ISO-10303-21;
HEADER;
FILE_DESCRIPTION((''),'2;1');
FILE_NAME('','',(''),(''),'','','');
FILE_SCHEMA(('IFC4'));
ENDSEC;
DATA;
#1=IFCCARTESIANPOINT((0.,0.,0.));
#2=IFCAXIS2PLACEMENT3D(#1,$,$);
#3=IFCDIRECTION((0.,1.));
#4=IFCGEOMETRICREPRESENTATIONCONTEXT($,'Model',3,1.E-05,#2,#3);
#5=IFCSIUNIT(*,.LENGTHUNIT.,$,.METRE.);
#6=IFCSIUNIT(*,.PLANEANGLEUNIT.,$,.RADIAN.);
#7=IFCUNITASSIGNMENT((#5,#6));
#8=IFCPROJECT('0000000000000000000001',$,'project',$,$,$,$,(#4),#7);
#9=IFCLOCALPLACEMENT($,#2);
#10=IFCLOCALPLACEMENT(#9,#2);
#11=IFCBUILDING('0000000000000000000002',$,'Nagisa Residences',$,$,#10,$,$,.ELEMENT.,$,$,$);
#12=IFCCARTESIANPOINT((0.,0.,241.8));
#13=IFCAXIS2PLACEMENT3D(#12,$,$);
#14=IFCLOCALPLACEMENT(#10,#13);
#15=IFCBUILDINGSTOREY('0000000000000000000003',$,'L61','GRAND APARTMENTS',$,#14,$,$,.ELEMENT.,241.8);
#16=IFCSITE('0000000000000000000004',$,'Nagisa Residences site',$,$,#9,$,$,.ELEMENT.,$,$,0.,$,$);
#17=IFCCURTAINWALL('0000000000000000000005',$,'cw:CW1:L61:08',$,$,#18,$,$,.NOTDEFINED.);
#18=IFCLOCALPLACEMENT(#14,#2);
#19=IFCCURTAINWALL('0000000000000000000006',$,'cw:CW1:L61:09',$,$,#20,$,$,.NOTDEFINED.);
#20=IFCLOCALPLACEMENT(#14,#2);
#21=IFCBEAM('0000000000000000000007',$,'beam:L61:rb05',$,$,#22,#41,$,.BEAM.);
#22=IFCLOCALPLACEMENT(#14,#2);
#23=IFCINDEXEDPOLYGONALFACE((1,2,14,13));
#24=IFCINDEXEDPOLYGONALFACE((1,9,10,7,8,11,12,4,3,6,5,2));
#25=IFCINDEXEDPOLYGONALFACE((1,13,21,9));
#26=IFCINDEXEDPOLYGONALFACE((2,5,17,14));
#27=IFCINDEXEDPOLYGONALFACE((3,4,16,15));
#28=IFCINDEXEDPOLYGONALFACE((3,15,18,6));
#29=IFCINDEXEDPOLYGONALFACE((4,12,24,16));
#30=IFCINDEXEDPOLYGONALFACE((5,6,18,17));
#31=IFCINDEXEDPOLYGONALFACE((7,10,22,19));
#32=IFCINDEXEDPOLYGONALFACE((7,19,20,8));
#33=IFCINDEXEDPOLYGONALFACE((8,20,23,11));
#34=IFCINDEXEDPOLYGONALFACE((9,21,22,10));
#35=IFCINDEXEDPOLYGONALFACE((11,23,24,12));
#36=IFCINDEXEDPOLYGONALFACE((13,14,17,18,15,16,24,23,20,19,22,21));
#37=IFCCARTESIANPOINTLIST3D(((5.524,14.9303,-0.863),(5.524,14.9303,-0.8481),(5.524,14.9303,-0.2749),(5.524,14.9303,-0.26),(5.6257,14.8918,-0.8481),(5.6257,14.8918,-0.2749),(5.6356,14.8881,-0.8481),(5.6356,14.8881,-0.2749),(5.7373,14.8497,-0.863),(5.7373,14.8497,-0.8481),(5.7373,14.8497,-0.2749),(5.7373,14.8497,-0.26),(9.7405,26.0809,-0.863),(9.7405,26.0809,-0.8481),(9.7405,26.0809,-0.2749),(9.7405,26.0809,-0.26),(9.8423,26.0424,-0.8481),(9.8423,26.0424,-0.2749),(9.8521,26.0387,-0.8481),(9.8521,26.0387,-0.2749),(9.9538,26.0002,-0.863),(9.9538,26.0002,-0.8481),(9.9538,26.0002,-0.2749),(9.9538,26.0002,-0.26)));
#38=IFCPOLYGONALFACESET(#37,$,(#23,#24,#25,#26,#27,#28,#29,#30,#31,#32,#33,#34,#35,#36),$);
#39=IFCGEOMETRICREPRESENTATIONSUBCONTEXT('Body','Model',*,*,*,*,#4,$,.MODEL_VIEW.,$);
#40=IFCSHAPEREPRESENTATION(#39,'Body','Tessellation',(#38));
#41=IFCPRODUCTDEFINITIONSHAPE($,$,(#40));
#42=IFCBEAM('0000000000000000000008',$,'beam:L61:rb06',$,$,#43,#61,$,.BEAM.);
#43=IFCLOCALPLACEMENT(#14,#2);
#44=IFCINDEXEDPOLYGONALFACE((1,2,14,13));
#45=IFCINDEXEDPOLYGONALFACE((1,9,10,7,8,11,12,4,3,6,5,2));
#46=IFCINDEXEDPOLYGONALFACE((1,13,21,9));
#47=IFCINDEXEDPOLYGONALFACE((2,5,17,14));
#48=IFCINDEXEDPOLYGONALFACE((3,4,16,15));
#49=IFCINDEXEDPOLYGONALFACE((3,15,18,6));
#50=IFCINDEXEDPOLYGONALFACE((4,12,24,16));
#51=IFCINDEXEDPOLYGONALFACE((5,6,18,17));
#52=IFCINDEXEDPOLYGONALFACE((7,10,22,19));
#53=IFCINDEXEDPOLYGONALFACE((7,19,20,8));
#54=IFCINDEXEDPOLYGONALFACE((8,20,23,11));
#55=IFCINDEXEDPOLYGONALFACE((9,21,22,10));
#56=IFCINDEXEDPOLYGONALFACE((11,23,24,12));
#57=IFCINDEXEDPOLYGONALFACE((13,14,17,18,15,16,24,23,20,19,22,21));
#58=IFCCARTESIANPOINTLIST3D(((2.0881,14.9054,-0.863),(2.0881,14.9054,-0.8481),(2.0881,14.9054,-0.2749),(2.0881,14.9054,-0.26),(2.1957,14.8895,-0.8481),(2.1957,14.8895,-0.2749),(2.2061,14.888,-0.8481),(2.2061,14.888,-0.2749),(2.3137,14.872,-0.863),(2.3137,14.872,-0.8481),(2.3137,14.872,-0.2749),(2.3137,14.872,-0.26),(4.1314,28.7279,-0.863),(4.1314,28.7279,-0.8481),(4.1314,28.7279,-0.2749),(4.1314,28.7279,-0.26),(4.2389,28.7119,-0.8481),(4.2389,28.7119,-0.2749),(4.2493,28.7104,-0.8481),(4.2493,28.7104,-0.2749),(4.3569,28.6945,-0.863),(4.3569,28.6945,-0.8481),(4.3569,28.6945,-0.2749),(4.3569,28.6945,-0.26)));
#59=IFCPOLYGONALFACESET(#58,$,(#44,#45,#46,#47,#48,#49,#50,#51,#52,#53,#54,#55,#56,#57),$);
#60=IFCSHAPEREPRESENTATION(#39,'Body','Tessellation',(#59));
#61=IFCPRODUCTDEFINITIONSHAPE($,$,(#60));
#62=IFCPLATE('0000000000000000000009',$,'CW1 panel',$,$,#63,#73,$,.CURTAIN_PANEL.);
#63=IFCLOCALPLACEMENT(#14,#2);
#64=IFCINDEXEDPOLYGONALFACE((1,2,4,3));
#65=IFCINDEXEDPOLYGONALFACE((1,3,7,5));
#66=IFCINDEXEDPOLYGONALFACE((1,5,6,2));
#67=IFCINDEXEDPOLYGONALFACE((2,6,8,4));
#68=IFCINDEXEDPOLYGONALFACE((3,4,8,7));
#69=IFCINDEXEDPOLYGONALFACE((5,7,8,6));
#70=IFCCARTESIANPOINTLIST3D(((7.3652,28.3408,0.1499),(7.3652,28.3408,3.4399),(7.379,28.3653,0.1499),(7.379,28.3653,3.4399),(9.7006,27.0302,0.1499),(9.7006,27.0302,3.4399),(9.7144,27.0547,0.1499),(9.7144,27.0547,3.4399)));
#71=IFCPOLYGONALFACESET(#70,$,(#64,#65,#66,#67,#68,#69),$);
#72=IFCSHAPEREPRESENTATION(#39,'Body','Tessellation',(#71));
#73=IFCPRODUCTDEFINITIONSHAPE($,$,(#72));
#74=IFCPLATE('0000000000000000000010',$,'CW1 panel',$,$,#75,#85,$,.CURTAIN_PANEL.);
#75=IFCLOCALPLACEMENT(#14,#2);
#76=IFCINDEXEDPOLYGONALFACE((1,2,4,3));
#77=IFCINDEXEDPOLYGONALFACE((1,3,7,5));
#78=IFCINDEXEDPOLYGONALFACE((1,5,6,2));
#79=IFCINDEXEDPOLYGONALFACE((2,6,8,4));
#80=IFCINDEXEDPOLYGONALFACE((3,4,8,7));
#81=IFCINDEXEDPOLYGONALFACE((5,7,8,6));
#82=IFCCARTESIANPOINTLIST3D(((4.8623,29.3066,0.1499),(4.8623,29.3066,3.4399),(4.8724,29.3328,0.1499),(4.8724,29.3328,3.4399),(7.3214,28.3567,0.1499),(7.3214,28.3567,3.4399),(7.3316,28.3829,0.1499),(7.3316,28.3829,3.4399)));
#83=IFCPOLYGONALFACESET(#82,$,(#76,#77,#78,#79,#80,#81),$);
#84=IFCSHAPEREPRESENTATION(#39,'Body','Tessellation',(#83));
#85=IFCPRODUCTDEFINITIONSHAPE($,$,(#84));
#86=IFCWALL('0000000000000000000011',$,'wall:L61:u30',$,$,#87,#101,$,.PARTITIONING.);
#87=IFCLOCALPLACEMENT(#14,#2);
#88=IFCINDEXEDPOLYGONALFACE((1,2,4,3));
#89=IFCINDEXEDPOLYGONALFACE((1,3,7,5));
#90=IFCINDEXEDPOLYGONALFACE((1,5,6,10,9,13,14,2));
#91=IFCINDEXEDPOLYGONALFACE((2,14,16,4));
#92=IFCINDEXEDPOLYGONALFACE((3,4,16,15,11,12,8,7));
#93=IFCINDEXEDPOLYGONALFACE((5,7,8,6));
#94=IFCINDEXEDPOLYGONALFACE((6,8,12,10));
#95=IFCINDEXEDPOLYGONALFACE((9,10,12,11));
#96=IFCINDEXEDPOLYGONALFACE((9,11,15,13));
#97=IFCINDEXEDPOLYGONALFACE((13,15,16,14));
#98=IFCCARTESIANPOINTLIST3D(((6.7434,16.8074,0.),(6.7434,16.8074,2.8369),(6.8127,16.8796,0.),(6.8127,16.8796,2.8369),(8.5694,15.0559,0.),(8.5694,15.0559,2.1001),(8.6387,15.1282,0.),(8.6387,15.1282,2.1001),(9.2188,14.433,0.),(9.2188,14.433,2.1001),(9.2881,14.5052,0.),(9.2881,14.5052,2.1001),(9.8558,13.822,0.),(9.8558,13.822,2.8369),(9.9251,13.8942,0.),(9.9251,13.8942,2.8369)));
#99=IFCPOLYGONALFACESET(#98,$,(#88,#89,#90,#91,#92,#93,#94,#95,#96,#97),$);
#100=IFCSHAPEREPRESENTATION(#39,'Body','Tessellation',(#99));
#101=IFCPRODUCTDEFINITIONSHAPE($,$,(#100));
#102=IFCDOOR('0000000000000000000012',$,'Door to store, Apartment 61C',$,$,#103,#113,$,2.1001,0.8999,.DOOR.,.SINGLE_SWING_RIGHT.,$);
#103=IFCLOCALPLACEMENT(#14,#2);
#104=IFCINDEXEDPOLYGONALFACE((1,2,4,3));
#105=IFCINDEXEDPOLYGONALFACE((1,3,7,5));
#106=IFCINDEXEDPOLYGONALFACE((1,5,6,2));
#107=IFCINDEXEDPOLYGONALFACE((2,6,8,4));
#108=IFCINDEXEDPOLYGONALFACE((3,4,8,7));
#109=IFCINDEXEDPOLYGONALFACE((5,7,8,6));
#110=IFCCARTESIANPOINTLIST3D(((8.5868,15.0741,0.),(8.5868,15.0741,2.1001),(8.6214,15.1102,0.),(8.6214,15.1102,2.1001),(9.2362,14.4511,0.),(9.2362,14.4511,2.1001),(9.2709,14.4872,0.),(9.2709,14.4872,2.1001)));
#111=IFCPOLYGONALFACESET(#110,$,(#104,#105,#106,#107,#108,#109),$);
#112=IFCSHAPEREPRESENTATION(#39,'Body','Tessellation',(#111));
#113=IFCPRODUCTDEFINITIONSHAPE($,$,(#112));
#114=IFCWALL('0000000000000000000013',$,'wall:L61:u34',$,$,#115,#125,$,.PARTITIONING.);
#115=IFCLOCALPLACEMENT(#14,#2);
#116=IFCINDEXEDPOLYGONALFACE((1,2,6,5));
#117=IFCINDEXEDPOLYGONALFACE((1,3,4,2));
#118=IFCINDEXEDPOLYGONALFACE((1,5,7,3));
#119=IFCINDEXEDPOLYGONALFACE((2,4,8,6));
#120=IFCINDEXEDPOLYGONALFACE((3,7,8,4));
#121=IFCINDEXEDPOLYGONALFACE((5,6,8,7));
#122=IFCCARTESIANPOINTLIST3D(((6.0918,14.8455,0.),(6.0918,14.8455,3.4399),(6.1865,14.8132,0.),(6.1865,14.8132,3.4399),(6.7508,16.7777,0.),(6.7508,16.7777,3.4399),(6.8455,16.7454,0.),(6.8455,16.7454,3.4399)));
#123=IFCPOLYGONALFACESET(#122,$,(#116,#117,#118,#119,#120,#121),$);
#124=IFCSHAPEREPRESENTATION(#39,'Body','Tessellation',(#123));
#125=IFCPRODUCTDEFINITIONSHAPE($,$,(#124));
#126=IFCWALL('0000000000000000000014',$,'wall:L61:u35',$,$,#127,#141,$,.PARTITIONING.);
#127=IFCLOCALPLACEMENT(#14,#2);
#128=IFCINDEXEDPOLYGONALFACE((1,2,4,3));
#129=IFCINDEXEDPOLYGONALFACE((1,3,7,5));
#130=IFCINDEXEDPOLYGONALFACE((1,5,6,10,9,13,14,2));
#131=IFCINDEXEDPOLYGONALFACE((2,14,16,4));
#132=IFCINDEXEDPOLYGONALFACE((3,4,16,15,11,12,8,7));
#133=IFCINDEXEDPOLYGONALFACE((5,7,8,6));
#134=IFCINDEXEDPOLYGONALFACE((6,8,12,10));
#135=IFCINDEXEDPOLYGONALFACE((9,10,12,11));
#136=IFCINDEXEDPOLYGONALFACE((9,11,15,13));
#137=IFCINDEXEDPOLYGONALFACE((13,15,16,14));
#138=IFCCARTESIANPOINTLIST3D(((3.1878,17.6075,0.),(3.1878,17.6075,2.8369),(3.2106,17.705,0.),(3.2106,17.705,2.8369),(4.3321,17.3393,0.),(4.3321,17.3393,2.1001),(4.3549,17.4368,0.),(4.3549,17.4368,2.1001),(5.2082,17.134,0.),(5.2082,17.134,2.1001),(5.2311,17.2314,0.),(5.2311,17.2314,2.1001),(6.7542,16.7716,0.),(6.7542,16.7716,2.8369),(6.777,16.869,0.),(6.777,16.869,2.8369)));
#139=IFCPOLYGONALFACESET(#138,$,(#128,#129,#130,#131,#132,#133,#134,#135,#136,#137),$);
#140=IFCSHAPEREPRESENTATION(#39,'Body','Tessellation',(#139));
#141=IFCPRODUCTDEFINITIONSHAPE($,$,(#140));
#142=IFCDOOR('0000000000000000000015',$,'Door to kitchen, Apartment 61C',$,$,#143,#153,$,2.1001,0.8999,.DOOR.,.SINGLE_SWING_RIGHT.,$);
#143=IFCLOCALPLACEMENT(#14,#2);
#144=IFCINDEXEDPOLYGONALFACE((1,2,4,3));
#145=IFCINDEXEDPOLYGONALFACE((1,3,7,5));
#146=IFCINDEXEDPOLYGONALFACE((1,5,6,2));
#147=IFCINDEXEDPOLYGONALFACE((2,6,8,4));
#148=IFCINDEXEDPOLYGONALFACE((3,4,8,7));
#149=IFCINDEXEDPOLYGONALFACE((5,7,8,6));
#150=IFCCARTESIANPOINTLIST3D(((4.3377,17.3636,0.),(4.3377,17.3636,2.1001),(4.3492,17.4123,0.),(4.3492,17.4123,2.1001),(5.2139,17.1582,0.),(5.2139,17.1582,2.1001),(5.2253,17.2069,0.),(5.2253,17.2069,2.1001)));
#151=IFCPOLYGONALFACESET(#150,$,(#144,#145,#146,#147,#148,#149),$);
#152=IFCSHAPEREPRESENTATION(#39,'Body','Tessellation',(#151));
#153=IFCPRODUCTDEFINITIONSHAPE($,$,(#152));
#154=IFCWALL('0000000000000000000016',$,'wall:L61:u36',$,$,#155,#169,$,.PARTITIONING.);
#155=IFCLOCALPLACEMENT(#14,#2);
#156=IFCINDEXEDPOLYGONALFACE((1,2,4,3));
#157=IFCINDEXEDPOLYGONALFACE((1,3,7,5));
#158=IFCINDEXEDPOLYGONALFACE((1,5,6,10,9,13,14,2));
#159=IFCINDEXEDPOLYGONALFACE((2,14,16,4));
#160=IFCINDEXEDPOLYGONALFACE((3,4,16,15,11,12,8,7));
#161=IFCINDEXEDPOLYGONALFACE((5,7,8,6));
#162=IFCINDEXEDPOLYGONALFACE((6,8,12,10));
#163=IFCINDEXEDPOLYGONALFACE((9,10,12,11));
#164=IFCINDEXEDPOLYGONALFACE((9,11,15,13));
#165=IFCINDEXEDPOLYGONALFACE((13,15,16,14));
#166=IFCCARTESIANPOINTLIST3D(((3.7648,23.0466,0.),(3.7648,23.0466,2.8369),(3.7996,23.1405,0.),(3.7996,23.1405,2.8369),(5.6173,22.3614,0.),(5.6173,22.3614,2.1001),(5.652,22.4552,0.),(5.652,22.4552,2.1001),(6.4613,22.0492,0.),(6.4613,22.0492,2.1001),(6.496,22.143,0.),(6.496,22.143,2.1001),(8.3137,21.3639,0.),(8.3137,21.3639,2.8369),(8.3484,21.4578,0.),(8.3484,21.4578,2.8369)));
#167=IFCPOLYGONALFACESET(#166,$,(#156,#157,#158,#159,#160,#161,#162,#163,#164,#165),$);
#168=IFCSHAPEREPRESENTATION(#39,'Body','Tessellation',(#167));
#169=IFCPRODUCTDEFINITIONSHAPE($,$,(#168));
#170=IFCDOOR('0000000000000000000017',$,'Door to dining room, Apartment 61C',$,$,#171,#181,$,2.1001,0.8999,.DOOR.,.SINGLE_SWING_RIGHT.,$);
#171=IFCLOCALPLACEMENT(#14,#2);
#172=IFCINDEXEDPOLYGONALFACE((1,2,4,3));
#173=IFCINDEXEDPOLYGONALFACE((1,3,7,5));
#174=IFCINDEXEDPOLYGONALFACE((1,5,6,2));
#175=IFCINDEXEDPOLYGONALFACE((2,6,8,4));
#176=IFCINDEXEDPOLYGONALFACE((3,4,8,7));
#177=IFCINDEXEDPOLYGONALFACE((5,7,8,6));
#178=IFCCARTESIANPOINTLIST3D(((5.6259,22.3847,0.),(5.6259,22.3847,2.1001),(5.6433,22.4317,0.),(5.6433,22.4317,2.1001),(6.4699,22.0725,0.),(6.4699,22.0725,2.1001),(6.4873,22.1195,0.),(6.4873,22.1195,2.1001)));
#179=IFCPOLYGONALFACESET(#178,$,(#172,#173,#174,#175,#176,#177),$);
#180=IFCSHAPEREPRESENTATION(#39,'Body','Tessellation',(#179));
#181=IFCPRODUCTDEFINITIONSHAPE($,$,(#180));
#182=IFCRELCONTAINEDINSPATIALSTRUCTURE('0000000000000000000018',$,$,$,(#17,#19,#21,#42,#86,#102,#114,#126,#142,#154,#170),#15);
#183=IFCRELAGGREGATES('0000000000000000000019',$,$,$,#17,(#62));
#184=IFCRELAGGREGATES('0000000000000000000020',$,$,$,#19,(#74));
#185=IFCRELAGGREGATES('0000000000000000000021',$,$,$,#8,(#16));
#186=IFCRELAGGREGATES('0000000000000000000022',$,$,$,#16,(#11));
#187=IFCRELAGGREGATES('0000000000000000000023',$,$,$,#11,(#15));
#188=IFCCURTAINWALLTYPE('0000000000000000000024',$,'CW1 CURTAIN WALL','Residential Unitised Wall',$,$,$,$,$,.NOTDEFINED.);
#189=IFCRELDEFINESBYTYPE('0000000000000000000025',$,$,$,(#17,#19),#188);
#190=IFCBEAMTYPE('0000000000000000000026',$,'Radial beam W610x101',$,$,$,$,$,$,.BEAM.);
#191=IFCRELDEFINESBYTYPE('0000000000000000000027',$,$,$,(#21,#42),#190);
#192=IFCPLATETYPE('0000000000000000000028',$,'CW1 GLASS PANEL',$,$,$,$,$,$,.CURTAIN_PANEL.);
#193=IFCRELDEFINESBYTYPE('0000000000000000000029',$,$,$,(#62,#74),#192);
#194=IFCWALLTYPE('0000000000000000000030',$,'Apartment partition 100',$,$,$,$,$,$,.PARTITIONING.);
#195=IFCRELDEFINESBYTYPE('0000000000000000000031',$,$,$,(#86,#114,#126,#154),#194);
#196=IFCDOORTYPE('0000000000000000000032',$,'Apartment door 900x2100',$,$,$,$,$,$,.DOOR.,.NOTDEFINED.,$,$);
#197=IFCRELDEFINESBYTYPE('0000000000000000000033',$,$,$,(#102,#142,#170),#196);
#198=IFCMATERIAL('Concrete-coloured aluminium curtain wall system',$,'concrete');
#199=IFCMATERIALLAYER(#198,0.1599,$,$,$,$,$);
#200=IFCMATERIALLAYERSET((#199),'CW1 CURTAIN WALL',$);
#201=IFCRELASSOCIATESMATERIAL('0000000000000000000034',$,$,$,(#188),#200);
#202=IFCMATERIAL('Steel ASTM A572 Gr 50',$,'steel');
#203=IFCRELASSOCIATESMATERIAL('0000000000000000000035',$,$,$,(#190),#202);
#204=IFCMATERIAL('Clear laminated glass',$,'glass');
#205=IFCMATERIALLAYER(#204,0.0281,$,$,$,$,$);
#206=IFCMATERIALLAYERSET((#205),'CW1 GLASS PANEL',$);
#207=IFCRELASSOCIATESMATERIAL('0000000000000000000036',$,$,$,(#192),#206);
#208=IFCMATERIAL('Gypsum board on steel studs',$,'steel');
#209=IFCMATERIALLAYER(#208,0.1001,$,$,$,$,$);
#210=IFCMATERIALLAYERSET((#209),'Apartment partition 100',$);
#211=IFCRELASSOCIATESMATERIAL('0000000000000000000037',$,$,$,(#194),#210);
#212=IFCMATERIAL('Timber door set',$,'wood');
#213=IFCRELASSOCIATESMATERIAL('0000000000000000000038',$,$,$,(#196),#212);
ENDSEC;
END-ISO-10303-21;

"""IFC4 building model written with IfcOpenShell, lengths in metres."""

from ifc_helpers import new_model, si_unit, direction, frame, frame_2d, origin, origin_2d, place, context, subcontext, project, spatial, rectangle, i_section, extrude, material, layer, layer_set, material_profile, profile_set, type_object, element, fill, aggregate, save


model = new_model("IFC4")

# Units and contexts
model_context = context("Model", 3, precision=1e-05, world=origin(), true_north=direction((0.0, 1.0)))
body_context = subcontext(model_context, "Body", "Model", "MODEL_VIEW")
ifc_project = project(units=[si_unit("LENGTHUNIT", "METRE"), si_unit("PLANEANGLEUNIT", "RADIAN")], contexts=[model_context])

# Site, building, storey
site_placement = place(None, origin())
site = spatial("IfcSite", under=ifc_project, at=site_placement, Name="Nagisa Residences site", CompositionType="ELEMENT", RefElevation=0.0)
building_placement = place(site_placement, origin())
building = spatial("IfcBuilding", under=site, at=building_placement, Name="Nagisa Residences", CompositionType="ELEMENT")
storey_placement = place(building_placement, frame((0.0, 0.0, 241.8)))
storey = spatial("IfcBuildingStorey", under=building, at=storey_placement, Name="L61", Description="GRAND APARTMENTS", CompositionType="ELEMENT", Elevation=241.8)

# Curtain walls
ifc_material_1 = material(Name="Concrete-coloured aluminium curtain wall system", Category="concrete")
ifc_layer_1 = layer(ifc_material_1, 0.1599)
ifc_layer_set_1 = layer_set([ifc_layer_1], Name="CW1 CURTAIN WALL")
curtain_wall_type = type_object("IfcCurtainWallType", Name="CW1 CURTAIN WALL", Description="Residential Unitised Wall", PredefinedType="NOTDEFINED", material=ifc_layer_set_1)
curtain_wall_1_placement = place(storey_placement, origin())
curtain_wall_1 = element("IfcCurtainWall", 1, at=curtain_wall_1_placement, inside=storey, type_object=curtain_wall_type, Name="cw:CW1:L61:08", PredefinedType="NOTDEFINED")
curtain_wall_2_placement = place(storey_placement, origin())
curtain_wall_2 = element("IfcCurtainWall", 2, at=curtain_wall_2_placement, inside=storey, type_object=curtain_wall_type, Name="cw:CW1:L61:09", PredefinedType="NOTDEFINED")

# Beams
ifc_material_2 = material(Name="Steel ASTM A572 Gr 50", Category="steel")
ifc_material_profile_1 = material_profile(ifc_material_2, i_section(OverallWidth=0.228, OverallDepth=0.603, WebThickness=0.0105, FlangeThickness=0.0149, at=origin_2d()), Name="W610x101")
ifc_profile_set_1 = profile_set([ifc_material_profile_1], Name="Steel ASTM A572 Gr 50")
beam_type_1 = type_object("IfcBeamType", Name="Radial beam W610x101", PredefinedType="BEAM", material=ifc_profile_set_1)
beam_1_placement = place(storey_placement, frame((9.8472, 26.0405, -0.5615), z_axis=(-0.353701, -0.935359, 0.0), x_axis=(0.935359, -0.353701, 0.0)))
element("IfcBeam", 3, at=beam_1_placement, inside=storey, type_object=beam_type_1, Name="beam:L61:rb05", PredefinedType="BEAM", context=body_context, shape_type="SweptSolid", body=[
    extrude(i_section(OverallWidth=0.228, OverallDepth=0.603, WebThickness=0.0105, FlangeThickness=0.0149, at=origin_2d()), origin(), (0.0, 0.0, 1.0), 11.9211),
])
beam_2_placement = place(storey_placement, frame((4.2441, 28.7112, -0.5615), z_axis=(-0.146229, -0.989251, 0.0), x_axis=(0.989251, -0.146229, 0.0)))
element("IfcBeam", 4, at=beam_2_placement, inside=storey, type_object=beam_type_1, Name="beam:L61:rb06", PredefinedType="BEAM", context=body_context, shape_type="SweptSolid", body=[
    extrude(i_section(OverallWidth=0.228, OverallDepth=0.603, WebThickness=0.0105, FlangeThickness=0.0149, at=origin_2d()), origin(), (0.0, 0.0, 1.0), 13.9727),
])

# Plates
ifc_material_3 = material(Name="Clear laminated glass", Category="glass")
ifc_layer_2 = layer(ifc_material_3, 0.0281)
ifc_layer_set_2 = layer_set([ifc_layer_2], Name="CW1 GLASS PANEL")
plate_type = type_object("IfcPlateType", Name="CW1 GLASS PANEL", PredefinedType="CURTAIN_PANEL", material=ifc_layer_set_2)
plate_1_placement = place(storey_placement, frame((8.5398, 27.6978, 0.1499), z_axis=(0.0, 0.0, 1.0), x_axis=(-0.872072, 0.489377, 0.0)))
plate_1 = element("IfcPlate", 5, at=plate_1_placement, type_object=plate_type, Name="CW1 panel", PredefinedType="CURTAIN_PANEL", context=body_context, shape_type="SweptSolid", body=[
    extrude(rectangle(XDim=2.678, YDim=0.0281, at=origin_2d()), origin(), (0.0, 0.0, 1.0), 3.29),
])
aggregate(curtain_wall_1, [plate_1])
plate_2_placement = place(storey_placement, frame((6.0969, 28.8447, 0.1499), z_axis=(0.0, 0.0, 1.0), x_axis=(-0.932826, 0.360328, 0.0)))
plate_2 = element("IfcPlate", 6, at=plate_2_placement, type_object=plate_type, Name="CW1 panel", PredefinedType="CURTAIN_PANEL", context=body_context, shape_type="SweptSolid", body=[
    extrude(rectangle(XDim=2.6362, YDim=0.0281, at=origin_2d()), origin(), (0.0, 0.0, 1.0), 3.29),
])
aggregate(curtain_wall_2, [plate_2])

# Wall, opening, door
ifc_material_4 = material(Name="Gypsum board on steel studs", Category="steel")
ifc_layer_3 = layer(ifc_material_4, 0.1001)
ifc_layer_set_3 = layer_set([ifc_layer_3], Name="Apartment partition 100")
wall_type_1 = type_object("IfcWallType", Name="Apartment partition 100", PredefinedType="PARTITIONING", material=ifc_layer_set_3)
wall_1_placement = place(storey_placement, frame((9.8904, 13.8582, 0.0), z_axis=(0.0, 0.0, 1.0), x_axis=(-0.721672, 0.692235, 0.0)))
wall_1 = element("IfcWall", 7, at=wall_1_placement, inside=storey, type_object=wall_type_1, Name="wall:L61:u30", PredefinedType="PARTITIONING", context=body_context, shape_type="SweptSolid", body=[
    extrude(rectangle(XDim=4.3127, YDim=0.1001, at=frame_2d((2.1562, 0.0))), origin(), (0.0, 0.0, 1.0), 2.8369),
])
opening_1_placement = place(wall_1_placement, frame((0.8826, 0.0, 0.0)))
opening_1 = element("IfcOpeningElement", 8, at=opening_1_placement, cuts=wall_1, PredefinedType="OPENING", context=body_context, shape_type="SweptSolid", body=[
    extrude(rectangle(XDim=0.8999, YDim=2.1001, at=frame_2d((0.45, 1.05))), frame((0.0, 0.0601, 0.0), z_axis=(0.0, -1.0, 0.0), x_axis=(1.0, 0.0, 0.0)), (0.0, 0.0, 1.0), 0.1201),
])
ifc_material_5 = material(Name="Timber door set", Category="wood")
door_type_1 = type_object("IfcDoorType", Name="Apartment door 900x2100", OperationType="NOTDEFINED", PredefinedType="DOOR", material=ifc_material_5)
door_1_placement = place(opening_1_placement, origin())
door_1 = element("IfcDoor", 9, at=door_1_placement, inside=storey, type_object=door_type_1, Name="Door to store, Apartment 61C", OperationType="SINGLE_SWING_RIGHT", OverallHeight=2.1001, OverallWidth=0.8999, PredefinedType="DOOR", context=body_context, shape_type="SweptSolid", body=[
    extrude(rectangle(XDim=0.8999, YDim=2.1001, at=frame_2d((0.45, 1.05))), frame((0.0, 0.0249, 0.0), z_axis=(0.0, -1.0, 0.0), x_axis=(1.0, 0.0, 0.0)), (0.0, 0.0, 1.0), 0.05),
])
fill(opening_1, door_1)

# Wall
wall_2_placement = place(storey_placement, frame((6.1392, 14.8293, 0.0), z_axis=(0.0, 0.0, 1.0), x_axis=(0.322786, 0.946472, 0.0)))
element("IfcWall", 10, at=wall_2_placement, inside=storey, type_object=wall_type_1, Name="wall:L61:u34", PredefinedType="PARTITIONING", context=body_context, shape_type="SweptSolid", body=[
    extrude(rectangle(XDim=2.0415, YDim=0.1001, at=frame_2d((1.0208, 0.0))), origin(), (0.0, 0.0, 1.0), 3.4399),
])

# Walls, openings, doors
wall_3_placement = place(storey_placement, frame((6.7656, 16.8203, 0.0), z_axis=(0.0, 0.0, 1.0), x_axis=(-0.973613, 0.228207, 0.0)))
wall_3 = element("IfcWall", 11, at=wall_3_placement, inside=storey, type_object=wall_type_1, Name="wall:L61:u35", PredefinedType="PARTITIONING", context=body_context, shape_type="SweptSolid", body=[
    extrude(rectangle(XDim=3.6631, YDim=0.1001, at=frame_2d((1.8315, 0.0))), origin(), (0.0, 0.0, 1.0), 2.8369),
])
opening_2_placement = place(wall_3_placement, frame((1.5879, 0.0, 0.0)))
opening_2 = element("IfcOpeningElement", 12, at=opening_2_placement, cuts=wall_3, PredefinedType="OPENING", context=body_context, shape_type="SweptSolid", body=[
    extrude(rectangle(XDim=0.8999, YDim=2.1001, at=frame_2d((0.45, 1.05))), frame((0.0, 0.0601, 0.0), z_axis=(0.0, -1.0, 0.0), x_axis=(1.0, 0.0, 0.0)), (0.0, 0.0, 1.0), 0.1201),
])
door_2_placement = place(opening_2_placement, frame((0.8999, 0.0, 0.0), x_axis=(-1.0, 0.0, 0.0)))
door_2 = element("IfcDoor", 13, at=door_2_placement, inside=storey, type_object=door_type_1, Name="Door to kitchen, Apartment 61C", OperationType="SINGLE_SWING_RIGHT", OverallHeight=2.1001, OverallWidth=0.8999, PredefinedType="DOOR", context=body_context, shape_type="SweptSolid", body=[
    extrude(rectangle(XDim=0.8999, YDim=2.1001, at=frame_2d((0.45, 1.05))), frame((0.0, 0.0249, 0.0), z_axis=(0.0, -1.0, 0.0), x_axis=(1.0, 0.0, 0.0)), (0.0, 0.0, 1.0), 0.05),
])
fill(opening_2, door_2)
wall_4_placement = place(storey_placement, frame((8.3311, 21.4109, 0.0), z_axis=(0.0, 0.0, 1.0), x_axis=(-0.937892, 0.346927, 0.0)))
wall_4 = element("IfcWall", 14, at=wall_4_placement, inside=storey, type_object=wall_type_1, Name="wall:L61:u36", PredefinedType="PARTITIONING", context=body_context, shape_type="SweptSolid", body=[
    extrude(rectangle(XDim=4.8501, YDim=0.1001, at=frame_2d((2.425, 0.0))), origin(), (0.0, 0.0, 1.0), 2.8369),
])
opening_3_placement = place(wall_4_placement, frame((1.9751, 0.0, 0.0)))
opening_3 = element("IfcOpeningElement", 15, at=opening_3_placement, cuts=wall_4, PredefinedType="OPENING", context=body_context, shape_type="SweptSolid", body=[
    extrude(rectangle(XDim=0.8999, YDim=2.1001, at=frame_2d((0.45, 1.05))), frame((0.0, 0.0601, 0.0), z_axis=(0.0, -1.0, 0.0), x_axis=(1.0, 0.0, 0.0)), (0.0, 0.0, 1.0), 0.1201),
])
door_3_placement = place(opening_3_placement, frame((0.8999, 0.0, 0.0), x_axis=(-1.0, 0.0, 0.0)))
door_3 = element("IfcDoor", 16, at=door_3_placement, inside=storey, type_object=door_type_1, Name="Door to dining room, Apartment 61C", OperationType="SINGLE_SWING_RIGHT", OverallHeight=2.1001, OverallWidth=0.8999, PredefinedType="DOOR", context=body_context, shape_type="SweptSolid", body=[
    extrude(rectangle(XDim=0.8999, YDim=2.1001, at=frame_2d((0.45, 1.05))), frame((0.0, 0.0249, 0.0), z_axis=(0.0, -1.0, 0.0), x_axis=(1.0, 0.0, 0.0)), (0.0, 0.0, 1.0), 0.05),
])
fill(opening_3, door_3)

save(model, "model.ifc")
